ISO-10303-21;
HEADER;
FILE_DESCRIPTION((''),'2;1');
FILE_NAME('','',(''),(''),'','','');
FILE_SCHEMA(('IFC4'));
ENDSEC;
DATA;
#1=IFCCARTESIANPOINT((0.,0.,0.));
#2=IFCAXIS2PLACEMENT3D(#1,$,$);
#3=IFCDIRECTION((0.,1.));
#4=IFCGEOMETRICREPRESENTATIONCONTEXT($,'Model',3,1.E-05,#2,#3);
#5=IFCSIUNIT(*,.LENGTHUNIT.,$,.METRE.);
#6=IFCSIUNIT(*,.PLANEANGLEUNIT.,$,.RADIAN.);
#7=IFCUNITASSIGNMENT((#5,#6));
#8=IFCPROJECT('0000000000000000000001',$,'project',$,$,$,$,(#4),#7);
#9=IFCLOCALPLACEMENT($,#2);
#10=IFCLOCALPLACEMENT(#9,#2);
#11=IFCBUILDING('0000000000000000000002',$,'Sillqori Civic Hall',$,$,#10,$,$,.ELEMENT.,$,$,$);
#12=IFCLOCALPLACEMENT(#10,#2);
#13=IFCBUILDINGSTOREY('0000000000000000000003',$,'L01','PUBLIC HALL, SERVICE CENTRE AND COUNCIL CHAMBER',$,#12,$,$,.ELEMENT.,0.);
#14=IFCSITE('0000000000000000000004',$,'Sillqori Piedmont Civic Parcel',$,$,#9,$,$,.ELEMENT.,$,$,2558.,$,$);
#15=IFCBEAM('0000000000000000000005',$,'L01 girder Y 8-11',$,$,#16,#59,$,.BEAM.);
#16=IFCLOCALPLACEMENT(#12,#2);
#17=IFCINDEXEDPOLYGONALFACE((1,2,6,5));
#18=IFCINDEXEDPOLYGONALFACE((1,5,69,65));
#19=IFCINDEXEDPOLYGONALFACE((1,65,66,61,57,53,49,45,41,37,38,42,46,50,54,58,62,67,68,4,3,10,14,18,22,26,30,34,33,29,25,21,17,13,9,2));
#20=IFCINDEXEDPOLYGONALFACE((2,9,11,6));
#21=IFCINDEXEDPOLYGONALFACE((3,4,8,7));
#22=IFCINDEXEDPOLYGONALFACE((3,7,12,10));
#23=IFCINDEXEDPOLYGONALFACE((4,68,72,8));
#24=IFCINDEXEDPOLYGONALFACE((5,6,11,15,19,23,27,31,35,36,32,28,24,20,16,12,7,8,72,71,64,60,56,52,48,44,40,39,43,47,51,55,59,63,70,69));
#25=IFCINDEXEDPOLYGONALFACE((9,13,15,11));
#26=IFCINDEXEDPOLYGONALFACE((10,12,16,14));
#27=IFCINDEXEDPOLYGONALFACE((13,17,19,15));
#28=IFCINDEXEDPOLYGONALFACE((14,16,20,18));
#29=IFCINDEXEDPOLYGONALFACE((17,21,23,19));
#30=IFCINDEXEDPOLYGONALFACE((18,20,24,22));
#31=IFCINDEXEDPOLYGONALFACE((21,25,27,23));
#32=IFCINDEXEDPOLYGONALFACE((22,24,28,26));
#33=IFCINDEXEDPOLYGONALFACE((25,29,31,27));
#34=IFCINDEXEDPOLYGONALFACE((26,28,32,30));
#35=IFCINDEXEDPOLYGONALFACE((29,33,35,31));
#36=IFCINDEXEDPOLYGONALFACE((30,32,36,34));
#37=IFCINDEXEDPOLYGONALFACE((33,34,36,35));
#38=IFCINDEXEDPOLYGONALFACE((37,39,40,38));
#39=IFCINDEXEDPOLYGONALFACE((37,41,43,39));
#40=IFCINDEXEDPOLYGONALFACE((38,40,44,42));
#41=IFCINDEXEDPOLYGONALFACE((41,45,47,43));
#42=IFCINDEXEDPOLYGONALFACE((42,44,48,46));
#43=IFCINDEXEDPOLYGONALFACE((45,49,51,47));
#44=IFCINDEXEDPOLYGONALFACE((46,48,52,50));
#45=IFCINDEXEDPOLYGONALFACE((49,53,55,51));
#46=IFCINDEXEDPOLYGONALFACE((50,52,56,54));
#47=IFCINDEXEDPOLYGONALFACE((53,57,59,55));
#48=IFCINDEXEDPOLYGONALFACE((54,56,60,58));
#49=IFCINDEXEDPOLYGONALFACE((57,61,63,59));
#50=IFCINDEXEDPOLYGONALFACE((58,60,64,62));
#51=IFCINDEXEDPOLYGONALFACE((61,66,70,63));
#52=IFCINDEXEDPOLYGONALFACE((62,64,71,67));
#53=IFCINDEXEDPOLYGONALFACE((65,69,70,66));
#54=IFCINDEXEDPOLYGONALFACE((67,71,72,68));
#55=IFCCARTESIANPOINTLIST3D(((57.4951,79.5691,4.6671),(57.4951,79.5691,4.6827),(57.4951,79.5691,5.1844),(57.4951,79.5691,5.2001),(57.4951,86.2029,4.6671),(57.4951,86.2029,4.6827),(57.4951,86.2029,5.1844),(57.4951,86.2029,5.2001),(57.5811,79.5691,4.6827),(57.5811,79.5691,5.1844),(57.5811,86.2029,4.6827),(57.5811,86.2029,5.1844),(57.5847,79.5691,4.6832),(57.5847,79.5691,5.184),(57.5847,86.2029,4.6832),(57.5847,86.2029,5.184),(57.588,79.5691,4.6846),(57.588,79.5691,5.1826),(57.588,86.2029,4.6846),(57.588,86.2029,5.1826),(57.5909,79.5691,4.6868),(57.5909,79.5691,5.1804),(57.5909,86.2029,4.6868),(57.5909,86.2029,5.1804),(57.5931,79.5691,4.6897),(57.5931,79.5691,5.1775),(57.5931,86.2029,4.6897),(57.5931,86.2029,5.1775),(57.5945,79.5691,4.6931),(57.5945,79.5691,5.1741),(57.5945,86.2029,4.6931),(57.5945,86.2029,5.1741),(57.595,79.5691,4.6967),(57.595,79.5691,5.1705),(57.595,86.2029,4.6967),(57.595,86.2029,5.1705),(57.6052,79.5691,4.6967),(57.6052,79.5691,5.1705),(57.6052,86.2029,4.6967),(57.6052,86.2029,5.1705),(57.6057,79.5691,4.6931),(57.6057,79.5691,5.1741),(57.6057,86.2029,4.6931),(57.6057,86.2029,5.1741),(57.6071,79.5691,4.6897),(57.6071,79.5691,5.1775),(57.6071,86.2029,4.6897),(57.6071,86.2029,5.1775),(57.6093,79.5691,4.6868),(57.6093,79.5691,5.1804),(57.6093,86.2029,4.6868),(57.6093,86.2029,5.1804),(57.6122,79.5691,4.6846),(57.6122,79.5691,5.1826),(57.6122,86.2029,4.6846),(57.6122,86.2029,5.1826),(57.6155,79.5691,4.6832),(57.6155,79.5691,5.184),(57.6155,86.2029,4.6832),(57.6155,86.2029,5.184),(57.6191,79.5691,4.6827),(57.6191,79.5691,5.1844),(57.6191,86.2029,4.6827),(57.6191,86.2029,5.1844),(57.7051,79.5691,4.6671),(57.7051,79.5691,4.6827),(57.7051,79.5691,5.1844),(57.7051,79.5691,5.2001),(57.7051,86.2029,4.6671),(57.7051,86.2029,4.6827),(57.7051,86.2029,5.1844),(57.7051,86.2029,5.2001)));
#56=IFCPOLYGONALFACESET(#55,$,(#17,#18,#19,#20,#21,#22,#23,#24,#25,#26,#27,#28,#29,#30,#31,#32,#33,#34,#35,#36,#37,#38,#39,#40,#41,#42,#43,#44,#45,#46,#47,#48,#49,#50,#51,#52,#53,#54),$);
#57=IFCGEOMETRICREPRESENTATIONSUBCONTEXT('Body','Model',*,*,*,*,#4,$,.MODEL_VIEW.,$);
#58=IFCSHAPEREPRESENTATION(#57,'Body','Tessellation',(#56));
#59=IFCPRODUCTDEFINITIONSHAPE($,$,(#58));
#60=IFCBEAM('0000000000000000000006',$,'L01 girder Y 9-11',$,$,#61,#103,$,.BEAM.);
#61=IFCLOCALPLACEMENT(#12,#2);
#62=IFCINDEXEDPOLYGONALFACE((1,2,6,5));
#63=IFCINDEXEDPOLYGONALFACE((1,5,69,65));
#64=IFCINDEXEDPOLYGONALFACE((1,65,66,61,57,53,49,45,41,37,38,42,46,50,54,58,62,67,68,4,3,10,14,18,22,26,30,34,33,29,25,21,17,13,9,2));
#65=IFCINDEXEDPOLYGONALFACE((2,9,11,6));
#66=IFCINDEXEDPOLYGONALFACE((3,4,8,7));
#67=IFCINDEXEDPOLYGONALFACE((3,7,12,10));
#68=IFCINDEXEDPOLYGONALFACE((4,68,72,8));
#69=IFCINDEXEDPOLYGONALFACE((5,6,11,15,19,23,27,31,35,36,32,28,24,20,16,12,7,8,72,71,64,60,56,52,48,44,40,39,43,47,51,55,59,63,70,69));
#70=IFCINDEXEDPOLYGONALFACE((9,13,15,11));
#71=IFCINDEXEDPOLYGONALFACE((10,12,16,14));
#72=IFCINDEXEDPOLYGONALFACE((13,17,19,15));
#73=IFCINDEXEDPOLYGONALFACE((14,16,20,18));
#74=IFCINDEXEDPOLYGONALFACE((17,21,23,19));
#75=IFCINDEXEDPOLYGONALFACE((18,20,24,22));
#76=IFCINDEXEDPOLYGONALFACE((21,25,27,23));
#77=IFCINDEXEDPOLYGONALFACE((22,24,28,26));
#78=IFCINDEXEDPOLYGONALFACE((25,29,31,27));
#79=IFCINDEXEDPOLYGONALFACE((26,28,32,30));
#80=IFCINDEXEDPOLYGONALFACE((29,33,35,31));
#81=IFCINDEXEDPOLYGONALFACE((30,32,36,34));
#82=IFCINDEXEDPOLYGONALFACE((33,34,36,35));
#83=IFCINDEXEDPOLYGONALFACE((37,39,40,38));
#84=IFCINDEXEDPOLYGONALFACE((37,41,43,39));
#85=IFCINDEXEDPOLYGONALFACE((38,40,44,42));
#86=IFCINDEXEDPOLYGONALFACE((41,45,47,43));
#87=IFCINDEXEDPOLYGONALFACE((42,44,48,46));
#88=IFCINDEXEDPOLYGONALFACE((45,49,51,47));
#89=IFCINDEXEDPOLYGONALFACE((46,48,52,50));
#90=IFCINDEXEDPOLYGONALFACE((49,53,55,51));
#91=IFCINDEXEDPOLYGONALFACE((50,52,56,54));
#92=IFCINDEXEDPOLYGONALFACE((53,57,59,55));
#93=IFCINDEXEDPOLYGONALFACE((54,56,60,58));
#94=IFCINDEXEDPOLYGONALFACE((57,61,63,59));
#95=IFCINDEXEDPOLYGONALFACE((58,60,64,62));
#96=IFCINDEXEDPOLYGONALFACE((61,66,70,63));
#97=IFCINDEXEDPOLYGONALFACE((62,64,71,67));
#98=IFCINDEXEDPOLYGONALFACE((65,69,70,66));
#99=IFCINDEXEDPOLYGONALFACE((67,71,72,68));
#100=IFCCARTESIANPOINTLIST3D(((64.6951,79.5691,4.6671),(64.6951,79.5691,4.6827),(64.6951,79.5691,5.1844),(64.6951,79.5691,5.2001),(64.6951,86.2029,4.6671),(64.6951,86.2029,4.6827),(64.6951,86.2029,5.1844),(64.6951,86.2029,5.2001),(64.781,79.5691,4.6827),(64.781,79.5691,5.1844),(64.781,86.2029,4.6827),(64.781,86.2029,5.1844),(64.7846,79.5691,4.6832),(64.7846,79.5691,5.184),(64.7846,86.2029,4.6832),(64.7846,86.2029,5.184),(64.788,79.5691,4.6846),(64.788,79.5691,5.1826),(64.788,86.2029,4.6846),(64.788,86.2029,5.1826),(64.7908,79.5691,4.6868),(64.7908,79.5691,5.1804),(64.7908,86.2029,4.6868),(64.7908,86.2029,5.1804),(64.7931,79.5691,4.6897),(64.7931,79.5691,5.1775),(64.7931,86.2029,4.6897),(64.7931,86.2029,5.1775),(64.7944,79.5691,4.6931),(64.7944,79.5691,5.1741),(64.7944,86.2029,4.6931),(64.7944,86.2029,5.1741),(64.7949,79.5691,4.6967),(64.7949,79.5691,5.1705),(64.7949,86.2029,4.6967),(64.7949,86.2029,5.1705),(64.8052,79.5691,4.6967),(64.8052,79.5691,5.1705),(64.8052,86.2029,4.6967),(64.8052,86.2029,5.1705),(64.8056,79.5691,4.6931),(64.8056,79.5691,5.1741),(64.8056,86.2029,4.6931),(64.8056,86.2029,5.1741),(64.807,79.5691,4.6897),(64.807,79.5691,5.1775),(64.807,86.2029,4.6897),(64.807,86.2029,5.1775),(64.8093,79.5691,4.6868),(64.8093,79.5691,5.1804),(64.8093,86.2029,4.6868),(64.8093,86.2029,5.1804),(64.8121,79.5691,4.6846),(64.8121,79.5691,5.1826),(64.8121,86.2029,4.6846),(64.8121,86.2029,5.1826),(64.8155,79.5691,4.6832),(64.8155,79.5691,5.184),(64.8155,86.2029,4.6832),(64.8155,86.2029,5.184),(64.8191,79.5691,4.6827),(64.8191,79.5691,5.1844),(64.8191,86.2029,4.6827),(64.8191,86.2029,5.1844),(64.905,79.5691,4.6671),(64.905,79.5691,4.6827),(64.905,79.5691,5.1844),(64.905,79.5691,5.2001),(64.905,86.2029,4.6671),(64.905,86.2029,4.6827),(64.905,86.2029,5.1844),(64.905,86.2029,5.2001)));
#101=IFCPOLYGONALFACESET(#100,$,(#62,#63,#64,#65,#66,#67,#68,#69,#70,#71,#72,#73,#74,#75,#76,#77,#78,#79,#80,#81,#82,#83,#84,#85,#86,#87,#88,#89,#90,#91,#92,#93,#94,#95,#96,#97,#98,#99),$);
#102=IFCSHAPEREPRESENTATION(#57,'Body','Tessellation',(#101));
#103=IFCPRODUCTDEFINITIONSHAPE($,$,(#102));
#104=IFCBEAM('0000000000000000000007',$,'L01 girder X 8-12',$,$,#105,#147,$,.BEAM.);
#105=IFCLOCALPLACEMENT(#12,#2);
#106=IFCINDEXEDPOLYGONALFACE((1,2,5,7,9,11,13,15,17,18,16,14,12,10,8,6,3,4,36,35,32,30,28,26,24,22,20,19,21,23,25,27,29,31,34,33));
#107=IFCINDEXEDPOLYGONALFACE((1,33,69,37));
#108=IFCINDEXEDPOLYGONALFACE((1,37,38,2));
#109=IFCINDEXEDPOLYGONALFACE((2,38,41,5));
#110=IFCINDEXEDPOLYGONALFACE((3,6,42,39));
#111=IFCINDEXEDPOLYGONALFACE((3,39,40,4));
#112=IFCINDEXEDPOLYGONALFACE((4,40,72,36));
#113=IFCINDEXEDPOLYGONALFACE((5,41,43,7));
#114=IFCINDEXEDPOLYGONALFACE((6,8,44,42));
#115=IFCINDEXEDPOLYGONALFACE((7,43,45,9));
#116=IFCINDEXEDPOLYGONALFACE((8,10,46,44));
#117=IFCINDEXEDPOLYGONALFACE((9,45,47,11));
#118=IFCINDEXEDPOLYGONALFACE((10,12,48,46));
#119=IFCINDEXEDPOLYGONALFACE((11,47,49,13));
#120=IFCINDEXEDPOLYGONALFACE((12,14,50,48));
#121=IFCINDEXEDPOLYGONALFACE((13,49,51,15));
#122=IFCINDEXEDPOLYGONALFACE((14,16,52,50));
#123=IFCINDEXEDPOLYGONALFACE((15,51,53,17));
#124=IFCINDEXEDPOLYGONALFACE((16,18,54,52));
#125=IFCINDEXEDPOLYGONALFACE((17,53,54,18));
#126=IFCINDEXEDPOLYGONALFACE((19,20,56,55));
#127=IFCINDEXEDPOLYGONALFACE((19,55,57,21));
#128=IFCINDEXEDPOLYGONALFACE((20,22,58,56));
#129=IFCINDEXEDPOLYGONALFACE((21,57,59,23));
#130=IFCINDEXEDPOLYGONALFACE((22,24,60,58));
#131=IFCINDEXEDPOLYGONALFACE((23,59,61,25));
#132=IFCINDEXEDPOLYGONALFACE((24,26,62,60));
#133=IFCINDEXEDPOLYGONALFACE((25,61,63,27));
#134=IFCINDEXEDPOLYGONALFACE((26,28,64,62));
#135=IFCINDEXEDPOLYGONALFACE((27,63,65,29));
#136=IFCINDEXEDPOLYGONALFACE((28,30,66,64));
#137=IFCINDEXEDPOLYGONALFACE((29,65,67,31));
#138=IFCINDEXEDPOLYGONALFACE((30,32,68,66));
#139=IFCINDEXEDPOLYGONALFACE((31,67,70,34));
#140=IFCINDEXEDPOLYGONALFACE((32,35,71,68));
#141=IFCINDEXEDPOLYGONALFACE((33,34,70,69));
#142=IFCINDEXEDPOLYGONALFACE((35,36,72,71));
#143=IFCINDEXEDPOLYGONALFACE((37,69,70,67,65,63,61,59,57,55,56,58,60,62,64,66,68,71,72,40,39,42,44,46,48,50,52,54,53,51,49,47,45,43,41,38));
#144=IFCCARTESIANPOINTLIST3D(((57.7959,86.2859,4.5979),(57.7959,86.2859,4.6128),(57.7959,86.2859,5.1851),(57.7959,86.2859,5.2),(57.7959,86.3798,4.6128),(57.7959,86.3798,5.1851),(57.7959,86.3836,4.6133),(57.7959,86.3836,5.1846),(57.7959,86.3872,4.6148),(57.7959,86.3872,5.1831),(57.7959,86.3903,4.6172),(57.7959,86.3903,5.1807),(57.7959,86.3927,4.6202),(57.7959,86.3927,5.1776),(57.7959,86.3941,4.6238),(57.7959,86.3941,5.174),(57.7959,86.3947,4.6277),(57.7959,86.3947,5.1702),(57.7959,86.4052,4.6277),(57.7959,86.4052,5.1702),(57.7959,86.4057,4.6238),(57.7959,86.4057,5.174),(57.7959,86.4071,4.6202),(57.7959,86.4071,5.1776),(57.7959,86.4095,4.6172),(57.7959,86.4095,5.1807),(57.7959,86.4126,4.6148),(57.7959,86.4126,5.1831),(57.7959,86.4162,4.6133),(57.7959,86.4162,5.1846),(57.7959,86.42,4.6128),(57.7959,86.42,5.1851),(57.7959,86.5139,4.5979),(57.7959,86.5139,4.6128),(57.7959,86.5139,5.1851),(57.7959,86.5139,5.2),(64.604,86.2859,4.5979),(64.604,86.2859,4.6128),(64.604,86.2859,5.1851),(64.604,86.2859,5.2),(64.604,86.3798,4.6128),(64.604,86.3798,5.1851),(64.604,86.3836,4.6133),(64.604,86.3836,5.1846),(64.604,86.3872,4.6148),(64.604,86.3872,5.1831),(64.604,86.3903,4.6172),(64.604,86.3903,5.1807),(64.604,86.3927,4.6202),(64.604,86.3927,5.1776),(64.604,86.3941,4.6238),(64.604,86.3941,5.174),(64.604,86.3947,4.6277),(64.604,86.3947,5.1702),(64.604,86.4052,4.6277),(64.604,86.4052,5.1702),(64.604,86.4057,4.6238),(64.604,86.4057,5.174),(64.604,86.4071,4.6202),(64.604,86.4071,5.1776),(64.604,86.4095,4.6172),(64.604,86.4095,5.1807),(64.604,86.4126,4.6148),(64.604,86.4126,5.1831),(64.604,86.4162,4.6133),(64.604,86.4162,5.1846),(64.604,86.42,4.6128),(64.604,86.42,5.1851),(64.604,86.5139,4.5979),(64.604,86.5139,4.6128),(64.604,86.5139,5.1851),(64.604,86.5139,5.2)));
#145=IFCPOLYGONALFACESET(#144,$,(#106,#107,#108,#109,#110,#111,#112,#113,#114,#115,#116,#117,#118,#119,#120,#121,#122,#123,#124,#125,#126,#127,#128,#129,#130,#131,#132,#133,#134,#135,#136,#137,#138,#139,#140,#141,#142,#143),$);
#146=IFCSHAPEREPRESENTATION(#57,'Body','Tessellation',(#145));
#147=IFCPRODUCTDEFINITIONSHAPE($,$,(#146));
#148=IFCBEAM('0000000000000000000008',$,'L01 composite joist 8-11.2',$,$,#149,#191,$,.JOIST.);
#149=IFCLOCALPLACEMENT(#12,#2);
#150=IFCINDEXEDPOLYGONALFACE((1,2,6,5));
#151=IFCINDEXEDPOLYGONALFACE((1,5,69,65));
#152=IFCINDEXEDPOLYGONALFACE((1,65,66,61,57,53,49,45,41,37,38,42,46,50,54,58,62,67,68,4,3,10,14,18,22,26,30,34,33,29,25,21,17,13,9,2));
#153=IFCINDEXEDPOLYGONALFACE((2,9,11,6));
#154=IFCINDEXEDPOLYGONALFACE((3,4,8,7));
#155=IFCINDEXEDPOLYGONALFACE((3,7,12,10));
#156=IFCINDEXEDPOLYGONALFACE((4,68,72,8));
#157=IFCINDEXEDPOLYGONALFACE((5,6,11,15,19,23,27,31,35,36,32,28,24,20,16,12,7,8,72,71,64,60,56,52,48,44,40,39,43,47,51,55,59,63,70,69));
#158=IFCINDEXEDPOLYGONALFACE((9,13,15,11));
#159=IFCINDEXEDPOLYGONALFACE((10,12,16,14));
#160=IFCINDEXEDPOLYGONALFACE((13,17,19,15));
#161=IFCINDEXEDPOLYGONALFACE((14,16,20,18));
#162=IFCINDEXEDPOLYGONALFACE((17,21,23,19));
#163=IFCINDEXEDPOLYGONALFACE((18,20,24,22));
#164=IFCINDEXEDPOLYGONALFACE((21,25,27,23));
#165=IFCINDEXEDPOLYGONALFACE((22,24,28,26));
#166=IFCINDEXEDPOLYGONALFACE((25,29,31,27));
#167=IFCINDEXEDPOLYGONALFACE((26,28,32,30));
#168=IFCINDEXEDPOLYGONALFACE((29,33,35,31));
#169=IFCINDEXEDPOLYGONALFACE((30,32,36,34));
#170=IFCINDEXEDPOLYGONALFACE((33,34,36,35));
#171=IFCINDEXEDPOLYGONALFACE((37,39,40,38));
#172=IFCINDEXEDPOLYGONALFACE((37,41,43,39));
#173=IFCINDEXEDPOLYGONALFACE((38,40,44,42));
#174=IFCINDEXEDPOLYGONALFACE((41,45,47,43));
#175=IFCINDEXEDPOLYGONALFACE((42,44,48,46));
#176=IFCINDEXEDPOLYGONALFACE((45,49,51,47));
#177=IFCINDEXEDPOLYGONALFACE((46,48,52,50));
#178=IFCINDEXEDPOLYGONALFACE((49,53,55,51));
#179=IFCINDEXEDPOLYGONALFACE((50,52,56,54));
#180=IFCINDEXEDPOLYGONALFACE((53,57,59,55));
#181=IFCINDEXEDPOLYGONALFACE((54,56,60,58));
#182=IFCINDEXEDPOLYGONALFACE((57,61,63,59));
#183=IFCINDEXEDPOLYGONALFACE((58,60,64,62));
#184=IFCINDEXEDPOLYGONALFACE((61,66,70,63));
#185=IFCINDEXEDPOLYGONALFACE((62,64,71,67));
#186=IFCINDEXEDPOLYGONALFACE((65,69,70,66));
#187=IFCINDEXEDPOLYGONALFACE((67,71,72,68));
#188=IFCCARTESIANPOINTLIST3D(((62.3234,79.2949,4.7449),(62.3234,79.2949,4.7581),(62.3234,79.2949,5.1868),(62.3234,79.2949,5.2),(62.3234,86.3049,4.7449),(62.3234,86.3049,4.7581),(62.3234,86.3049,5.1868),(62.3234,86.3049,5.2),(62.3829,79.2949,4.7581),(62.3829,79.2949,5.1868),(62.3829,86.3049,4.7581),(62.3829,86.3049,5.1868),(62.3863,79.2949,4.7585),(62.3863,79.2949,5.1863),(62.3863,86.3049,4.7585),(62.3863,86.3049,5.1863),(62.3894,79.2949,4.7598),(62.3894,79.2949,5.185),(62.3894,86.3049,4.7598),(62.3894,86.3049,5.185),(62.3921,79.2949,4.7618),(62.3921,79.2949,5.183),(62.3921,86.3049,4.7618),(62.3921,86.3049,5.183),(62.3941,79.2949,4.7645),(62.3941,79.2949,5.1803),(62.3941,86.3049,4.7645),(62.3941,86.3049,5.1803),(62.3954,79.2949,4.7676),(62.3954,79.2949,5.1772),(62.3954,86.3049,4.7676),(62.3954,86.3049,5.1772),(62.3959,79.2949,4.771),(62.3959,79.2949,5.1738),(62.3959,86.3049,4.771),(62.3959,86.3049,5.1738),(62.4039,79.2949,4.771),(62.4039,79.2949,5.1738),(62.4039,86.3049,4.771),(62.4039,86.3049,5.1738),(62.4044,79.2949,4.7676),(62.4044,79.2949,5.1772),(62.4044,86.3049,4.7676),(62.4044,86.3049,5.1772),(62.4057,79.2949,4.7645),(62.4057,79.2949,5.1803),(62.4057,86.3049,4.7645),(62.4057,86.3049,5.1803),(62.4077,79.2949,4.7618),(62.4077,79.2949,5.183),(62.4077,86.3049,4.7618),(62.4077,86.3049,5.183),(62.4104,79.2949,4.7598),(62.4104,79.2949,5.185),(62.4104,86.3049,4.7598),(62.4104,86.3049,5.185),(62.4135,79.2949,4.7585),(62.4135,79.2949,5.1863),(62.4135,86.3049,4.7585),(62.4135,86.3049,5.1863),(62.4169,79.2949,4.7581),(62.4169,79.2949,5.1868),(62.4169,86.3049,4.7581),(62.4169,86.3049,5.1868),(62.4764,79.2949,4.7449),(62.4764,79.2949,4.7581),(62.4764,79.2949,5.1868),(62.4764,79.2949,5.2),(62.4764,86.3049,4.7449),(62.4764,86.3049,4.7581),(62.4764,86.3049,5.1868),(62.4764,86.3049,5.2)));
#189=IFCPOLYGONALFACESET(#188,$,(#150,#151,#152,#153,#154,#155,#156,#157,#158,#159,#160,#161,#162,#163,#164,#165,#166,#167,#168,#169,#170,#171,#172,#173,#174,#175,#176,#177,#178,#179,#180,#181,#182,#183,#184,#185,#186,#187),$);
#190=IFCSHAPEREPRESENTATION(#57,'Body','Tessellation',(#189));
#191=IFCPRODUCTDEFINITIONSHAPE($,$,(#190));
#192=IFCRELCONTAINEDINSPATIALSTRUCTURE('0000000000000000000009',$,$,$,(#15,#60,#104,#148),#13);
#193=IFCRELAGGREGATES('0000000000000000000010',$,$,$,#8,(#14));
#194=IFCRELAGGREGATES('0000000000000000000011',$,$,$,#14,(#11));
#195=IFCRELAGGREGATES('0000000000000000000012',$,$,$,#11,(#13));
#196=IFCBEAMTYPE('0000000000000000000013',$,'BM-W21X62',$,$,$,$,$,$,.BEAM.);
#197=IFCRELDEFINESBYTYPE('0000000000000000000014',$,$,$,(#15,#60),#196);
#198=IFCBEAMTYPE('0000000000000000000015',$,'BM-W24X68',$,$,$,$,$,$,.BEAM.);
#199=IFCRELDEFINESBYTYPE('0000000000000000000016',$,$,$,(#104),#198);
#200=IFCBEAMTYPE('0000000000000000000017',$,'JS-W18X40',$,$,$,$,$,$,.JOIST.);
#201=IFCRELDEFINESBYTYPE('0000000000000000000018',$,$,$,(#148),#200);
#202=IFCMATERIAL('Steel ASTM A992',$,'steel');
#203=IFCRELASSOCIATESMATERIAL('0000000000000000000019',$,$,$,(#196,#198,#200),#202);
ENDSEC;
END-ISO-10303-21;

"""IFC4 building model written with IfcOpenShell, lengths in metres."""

from ifc_helpers import new_model, si_unit, direction, frame, origin, origin_2d, place, context, subcontext, project, spatial, i_section, extrude, material, material_profile, profile_set, type_object, element, save


model = new_model("IFC4")

# Units and contexts
model_context = context("Model", 3, precision=1e-05, world=origin(), true_north=direction((0.0, 1.0)))
body_context = subcontext(model_context, "Body", "Model", "MODEL_VIEW")
ifc_project = project(units=[si_unit("LENGTHUNIT", "METRE"), si_unit("PLANEANGLEUNIT", "RADIAN")], contexts=[model_context])

# Site, building, storey
site_placement = place(None, origin())
site = spatial("IfcSite", under=ifc_project, at=site_placement, Name="Sillqori Piedmont Civic Parcel", CompositionType="ELEMENT", RefElevation=2558.0)
building_placement = place(site_placement, origin())
building = spatial("IfcBuilding", under=site, at=building_placement, Name="Sillqori Civic Hall", CompositionType="ELEMENT")
storey_placement = place(building_placement, origin())
storey = spatial("IfcBuildingStorey", under=building, at=storey_placement, Name="L01", Description="PUBLIC HALL, SERVICE CENTRE AND COUNCIL CHAMBER", CompositionType="ELEMENT", Elevation=0.0)

# Shared definitions
ifc_material_1 = material(Name="Steel ASTM A992", Category="steel")

# Beams
ifc_material_profile_1 = material_profile(ifc_material_1, i_section(OverallWidth=0.21, OverallDepth=0.533, WebThickness=0.0103, FlangeThickness=0.0156, FilletRadius=0.0139, at=origin_2d()), Name="W21X62")
ifc_profile_set_1 = profile_set([ifc_material_profile_1], Name="Steel ASTM A992")
beam_type_1 = type_object("IfcBeamType", Name="BM-W21X62", PredefinedType="BEAM", material=ifc_profile_set_1)
for number, where, z_axis, x_axis, name in (
    (1, (57.6001, 79.5691, 4.9336), (0.0, 1.0, 0.0), (-1.0, 0.0, 0.0), "L01 girder Y 8-11"),
    (2, (64.8, 79.5691, 4.9336), (0.0, 1.0, 0.0), (-1.0, 0.0, 0.0), "L01 girder Y 9-11"),
):
    element("IfcBeam", number, at=place(storey_placement, frame(where, z_axis=z_axis, x_axis=x_axis)), inside=storey, type_object=beam_type_1, Name=name, PredefinedType="BEAM", context=body_context, shape_type="SweptSolid", body=[
        extrude(i_section(OverallWidth=0.21, OverallDepth=0.533, WebThickness=0.0103, FlangeThickness=0.0156, FilletRadius=0.0139, at=origin_2d()), origin(), (0.0, 0.0, 1.0), 6.6338),
    ])
ifc_material_profile_2 = material_profile(ifc_material_1, i_section(OverallWidth=0.228, OverallDepth=0.6021, WebThickness=0.0105, FlangeThickness=0.0149, FilletRadius=0.0149, at=origin_2d()), Name="W24X68")
ifc_profile_set_2 = profile_set([ifc_material_profile_2], Name="Steel ASTM A992")
beam_type_2 = type_object("IfcBeamType", Name="BM-W24X68", PredefinedType="BEAM", material=ifc_profile_set_2)
beam_1_placement = place(storey_placement, frame((57.7959, 86.3999, 4.8989), z_axis=(1.0, 0.0, 0.0), x_axis=(0.0, 1.0, 0.0)))
element("IfcBeam", 3, at=beam_1_placement, inside=storey, type_object=beam_type_2, Name="L01 girder X 8-12", PredefinedType="BEAM", context=body_context, shape_type="SweptSolid", body=[
    extrude(i_section(OverallWidth=0.228, OverallDepth=0.6021, WebThickness=0.0105, FlangeThickness=0.0149, FilletRadius=0.0149, at=origin_2d()), origin(), (0.0, 0.0, 1.0), 6.8081),
])
ifc_material_profile_3 = material_profile(ifc_material_1, i_section(OverallWidth=0.1531, OverallDepth=0.4551, WebThickness=0.0081, FlangeThickness=0.0132, FilletRadius=0.0129, at=origin_2d()), Name="W18X40")
ifc_profile_set_3 = profile_set([ifc_material_profile_3], Name="Steel ASTM A992")
beam_type_3 = type_object("IfcBeamType", Name="JS-W18X40", PredefinedType="JOIST", material=ifc_profile_set_3)
beam_2_placement = place(storey_placement, frame((62.3999, 79.2949, 4.9724), z_axis=(0.0, 1.0, 0.0), x_axis=(-1.0, 0.0, 0.0)))
element("IfcBeam", 4, at=beam_2_placement, inside=storey, type_object=beam_type_3, Name="L01 composite joist 8-11.2", PredefinedType="JOIST", context=body_context, shape_type="SweptSolid", body=[
    extrude(i_section(OverallWidth=0.1531, OverallDepth=0.4551, WebThickness=0.0081, FlangeThickness=0.0132, FilletRadius=0.0129, at=origin_2d()), origin(), (0.0, 0.0, 1.0), 7.01),
])

save(model, "model.ifc")
